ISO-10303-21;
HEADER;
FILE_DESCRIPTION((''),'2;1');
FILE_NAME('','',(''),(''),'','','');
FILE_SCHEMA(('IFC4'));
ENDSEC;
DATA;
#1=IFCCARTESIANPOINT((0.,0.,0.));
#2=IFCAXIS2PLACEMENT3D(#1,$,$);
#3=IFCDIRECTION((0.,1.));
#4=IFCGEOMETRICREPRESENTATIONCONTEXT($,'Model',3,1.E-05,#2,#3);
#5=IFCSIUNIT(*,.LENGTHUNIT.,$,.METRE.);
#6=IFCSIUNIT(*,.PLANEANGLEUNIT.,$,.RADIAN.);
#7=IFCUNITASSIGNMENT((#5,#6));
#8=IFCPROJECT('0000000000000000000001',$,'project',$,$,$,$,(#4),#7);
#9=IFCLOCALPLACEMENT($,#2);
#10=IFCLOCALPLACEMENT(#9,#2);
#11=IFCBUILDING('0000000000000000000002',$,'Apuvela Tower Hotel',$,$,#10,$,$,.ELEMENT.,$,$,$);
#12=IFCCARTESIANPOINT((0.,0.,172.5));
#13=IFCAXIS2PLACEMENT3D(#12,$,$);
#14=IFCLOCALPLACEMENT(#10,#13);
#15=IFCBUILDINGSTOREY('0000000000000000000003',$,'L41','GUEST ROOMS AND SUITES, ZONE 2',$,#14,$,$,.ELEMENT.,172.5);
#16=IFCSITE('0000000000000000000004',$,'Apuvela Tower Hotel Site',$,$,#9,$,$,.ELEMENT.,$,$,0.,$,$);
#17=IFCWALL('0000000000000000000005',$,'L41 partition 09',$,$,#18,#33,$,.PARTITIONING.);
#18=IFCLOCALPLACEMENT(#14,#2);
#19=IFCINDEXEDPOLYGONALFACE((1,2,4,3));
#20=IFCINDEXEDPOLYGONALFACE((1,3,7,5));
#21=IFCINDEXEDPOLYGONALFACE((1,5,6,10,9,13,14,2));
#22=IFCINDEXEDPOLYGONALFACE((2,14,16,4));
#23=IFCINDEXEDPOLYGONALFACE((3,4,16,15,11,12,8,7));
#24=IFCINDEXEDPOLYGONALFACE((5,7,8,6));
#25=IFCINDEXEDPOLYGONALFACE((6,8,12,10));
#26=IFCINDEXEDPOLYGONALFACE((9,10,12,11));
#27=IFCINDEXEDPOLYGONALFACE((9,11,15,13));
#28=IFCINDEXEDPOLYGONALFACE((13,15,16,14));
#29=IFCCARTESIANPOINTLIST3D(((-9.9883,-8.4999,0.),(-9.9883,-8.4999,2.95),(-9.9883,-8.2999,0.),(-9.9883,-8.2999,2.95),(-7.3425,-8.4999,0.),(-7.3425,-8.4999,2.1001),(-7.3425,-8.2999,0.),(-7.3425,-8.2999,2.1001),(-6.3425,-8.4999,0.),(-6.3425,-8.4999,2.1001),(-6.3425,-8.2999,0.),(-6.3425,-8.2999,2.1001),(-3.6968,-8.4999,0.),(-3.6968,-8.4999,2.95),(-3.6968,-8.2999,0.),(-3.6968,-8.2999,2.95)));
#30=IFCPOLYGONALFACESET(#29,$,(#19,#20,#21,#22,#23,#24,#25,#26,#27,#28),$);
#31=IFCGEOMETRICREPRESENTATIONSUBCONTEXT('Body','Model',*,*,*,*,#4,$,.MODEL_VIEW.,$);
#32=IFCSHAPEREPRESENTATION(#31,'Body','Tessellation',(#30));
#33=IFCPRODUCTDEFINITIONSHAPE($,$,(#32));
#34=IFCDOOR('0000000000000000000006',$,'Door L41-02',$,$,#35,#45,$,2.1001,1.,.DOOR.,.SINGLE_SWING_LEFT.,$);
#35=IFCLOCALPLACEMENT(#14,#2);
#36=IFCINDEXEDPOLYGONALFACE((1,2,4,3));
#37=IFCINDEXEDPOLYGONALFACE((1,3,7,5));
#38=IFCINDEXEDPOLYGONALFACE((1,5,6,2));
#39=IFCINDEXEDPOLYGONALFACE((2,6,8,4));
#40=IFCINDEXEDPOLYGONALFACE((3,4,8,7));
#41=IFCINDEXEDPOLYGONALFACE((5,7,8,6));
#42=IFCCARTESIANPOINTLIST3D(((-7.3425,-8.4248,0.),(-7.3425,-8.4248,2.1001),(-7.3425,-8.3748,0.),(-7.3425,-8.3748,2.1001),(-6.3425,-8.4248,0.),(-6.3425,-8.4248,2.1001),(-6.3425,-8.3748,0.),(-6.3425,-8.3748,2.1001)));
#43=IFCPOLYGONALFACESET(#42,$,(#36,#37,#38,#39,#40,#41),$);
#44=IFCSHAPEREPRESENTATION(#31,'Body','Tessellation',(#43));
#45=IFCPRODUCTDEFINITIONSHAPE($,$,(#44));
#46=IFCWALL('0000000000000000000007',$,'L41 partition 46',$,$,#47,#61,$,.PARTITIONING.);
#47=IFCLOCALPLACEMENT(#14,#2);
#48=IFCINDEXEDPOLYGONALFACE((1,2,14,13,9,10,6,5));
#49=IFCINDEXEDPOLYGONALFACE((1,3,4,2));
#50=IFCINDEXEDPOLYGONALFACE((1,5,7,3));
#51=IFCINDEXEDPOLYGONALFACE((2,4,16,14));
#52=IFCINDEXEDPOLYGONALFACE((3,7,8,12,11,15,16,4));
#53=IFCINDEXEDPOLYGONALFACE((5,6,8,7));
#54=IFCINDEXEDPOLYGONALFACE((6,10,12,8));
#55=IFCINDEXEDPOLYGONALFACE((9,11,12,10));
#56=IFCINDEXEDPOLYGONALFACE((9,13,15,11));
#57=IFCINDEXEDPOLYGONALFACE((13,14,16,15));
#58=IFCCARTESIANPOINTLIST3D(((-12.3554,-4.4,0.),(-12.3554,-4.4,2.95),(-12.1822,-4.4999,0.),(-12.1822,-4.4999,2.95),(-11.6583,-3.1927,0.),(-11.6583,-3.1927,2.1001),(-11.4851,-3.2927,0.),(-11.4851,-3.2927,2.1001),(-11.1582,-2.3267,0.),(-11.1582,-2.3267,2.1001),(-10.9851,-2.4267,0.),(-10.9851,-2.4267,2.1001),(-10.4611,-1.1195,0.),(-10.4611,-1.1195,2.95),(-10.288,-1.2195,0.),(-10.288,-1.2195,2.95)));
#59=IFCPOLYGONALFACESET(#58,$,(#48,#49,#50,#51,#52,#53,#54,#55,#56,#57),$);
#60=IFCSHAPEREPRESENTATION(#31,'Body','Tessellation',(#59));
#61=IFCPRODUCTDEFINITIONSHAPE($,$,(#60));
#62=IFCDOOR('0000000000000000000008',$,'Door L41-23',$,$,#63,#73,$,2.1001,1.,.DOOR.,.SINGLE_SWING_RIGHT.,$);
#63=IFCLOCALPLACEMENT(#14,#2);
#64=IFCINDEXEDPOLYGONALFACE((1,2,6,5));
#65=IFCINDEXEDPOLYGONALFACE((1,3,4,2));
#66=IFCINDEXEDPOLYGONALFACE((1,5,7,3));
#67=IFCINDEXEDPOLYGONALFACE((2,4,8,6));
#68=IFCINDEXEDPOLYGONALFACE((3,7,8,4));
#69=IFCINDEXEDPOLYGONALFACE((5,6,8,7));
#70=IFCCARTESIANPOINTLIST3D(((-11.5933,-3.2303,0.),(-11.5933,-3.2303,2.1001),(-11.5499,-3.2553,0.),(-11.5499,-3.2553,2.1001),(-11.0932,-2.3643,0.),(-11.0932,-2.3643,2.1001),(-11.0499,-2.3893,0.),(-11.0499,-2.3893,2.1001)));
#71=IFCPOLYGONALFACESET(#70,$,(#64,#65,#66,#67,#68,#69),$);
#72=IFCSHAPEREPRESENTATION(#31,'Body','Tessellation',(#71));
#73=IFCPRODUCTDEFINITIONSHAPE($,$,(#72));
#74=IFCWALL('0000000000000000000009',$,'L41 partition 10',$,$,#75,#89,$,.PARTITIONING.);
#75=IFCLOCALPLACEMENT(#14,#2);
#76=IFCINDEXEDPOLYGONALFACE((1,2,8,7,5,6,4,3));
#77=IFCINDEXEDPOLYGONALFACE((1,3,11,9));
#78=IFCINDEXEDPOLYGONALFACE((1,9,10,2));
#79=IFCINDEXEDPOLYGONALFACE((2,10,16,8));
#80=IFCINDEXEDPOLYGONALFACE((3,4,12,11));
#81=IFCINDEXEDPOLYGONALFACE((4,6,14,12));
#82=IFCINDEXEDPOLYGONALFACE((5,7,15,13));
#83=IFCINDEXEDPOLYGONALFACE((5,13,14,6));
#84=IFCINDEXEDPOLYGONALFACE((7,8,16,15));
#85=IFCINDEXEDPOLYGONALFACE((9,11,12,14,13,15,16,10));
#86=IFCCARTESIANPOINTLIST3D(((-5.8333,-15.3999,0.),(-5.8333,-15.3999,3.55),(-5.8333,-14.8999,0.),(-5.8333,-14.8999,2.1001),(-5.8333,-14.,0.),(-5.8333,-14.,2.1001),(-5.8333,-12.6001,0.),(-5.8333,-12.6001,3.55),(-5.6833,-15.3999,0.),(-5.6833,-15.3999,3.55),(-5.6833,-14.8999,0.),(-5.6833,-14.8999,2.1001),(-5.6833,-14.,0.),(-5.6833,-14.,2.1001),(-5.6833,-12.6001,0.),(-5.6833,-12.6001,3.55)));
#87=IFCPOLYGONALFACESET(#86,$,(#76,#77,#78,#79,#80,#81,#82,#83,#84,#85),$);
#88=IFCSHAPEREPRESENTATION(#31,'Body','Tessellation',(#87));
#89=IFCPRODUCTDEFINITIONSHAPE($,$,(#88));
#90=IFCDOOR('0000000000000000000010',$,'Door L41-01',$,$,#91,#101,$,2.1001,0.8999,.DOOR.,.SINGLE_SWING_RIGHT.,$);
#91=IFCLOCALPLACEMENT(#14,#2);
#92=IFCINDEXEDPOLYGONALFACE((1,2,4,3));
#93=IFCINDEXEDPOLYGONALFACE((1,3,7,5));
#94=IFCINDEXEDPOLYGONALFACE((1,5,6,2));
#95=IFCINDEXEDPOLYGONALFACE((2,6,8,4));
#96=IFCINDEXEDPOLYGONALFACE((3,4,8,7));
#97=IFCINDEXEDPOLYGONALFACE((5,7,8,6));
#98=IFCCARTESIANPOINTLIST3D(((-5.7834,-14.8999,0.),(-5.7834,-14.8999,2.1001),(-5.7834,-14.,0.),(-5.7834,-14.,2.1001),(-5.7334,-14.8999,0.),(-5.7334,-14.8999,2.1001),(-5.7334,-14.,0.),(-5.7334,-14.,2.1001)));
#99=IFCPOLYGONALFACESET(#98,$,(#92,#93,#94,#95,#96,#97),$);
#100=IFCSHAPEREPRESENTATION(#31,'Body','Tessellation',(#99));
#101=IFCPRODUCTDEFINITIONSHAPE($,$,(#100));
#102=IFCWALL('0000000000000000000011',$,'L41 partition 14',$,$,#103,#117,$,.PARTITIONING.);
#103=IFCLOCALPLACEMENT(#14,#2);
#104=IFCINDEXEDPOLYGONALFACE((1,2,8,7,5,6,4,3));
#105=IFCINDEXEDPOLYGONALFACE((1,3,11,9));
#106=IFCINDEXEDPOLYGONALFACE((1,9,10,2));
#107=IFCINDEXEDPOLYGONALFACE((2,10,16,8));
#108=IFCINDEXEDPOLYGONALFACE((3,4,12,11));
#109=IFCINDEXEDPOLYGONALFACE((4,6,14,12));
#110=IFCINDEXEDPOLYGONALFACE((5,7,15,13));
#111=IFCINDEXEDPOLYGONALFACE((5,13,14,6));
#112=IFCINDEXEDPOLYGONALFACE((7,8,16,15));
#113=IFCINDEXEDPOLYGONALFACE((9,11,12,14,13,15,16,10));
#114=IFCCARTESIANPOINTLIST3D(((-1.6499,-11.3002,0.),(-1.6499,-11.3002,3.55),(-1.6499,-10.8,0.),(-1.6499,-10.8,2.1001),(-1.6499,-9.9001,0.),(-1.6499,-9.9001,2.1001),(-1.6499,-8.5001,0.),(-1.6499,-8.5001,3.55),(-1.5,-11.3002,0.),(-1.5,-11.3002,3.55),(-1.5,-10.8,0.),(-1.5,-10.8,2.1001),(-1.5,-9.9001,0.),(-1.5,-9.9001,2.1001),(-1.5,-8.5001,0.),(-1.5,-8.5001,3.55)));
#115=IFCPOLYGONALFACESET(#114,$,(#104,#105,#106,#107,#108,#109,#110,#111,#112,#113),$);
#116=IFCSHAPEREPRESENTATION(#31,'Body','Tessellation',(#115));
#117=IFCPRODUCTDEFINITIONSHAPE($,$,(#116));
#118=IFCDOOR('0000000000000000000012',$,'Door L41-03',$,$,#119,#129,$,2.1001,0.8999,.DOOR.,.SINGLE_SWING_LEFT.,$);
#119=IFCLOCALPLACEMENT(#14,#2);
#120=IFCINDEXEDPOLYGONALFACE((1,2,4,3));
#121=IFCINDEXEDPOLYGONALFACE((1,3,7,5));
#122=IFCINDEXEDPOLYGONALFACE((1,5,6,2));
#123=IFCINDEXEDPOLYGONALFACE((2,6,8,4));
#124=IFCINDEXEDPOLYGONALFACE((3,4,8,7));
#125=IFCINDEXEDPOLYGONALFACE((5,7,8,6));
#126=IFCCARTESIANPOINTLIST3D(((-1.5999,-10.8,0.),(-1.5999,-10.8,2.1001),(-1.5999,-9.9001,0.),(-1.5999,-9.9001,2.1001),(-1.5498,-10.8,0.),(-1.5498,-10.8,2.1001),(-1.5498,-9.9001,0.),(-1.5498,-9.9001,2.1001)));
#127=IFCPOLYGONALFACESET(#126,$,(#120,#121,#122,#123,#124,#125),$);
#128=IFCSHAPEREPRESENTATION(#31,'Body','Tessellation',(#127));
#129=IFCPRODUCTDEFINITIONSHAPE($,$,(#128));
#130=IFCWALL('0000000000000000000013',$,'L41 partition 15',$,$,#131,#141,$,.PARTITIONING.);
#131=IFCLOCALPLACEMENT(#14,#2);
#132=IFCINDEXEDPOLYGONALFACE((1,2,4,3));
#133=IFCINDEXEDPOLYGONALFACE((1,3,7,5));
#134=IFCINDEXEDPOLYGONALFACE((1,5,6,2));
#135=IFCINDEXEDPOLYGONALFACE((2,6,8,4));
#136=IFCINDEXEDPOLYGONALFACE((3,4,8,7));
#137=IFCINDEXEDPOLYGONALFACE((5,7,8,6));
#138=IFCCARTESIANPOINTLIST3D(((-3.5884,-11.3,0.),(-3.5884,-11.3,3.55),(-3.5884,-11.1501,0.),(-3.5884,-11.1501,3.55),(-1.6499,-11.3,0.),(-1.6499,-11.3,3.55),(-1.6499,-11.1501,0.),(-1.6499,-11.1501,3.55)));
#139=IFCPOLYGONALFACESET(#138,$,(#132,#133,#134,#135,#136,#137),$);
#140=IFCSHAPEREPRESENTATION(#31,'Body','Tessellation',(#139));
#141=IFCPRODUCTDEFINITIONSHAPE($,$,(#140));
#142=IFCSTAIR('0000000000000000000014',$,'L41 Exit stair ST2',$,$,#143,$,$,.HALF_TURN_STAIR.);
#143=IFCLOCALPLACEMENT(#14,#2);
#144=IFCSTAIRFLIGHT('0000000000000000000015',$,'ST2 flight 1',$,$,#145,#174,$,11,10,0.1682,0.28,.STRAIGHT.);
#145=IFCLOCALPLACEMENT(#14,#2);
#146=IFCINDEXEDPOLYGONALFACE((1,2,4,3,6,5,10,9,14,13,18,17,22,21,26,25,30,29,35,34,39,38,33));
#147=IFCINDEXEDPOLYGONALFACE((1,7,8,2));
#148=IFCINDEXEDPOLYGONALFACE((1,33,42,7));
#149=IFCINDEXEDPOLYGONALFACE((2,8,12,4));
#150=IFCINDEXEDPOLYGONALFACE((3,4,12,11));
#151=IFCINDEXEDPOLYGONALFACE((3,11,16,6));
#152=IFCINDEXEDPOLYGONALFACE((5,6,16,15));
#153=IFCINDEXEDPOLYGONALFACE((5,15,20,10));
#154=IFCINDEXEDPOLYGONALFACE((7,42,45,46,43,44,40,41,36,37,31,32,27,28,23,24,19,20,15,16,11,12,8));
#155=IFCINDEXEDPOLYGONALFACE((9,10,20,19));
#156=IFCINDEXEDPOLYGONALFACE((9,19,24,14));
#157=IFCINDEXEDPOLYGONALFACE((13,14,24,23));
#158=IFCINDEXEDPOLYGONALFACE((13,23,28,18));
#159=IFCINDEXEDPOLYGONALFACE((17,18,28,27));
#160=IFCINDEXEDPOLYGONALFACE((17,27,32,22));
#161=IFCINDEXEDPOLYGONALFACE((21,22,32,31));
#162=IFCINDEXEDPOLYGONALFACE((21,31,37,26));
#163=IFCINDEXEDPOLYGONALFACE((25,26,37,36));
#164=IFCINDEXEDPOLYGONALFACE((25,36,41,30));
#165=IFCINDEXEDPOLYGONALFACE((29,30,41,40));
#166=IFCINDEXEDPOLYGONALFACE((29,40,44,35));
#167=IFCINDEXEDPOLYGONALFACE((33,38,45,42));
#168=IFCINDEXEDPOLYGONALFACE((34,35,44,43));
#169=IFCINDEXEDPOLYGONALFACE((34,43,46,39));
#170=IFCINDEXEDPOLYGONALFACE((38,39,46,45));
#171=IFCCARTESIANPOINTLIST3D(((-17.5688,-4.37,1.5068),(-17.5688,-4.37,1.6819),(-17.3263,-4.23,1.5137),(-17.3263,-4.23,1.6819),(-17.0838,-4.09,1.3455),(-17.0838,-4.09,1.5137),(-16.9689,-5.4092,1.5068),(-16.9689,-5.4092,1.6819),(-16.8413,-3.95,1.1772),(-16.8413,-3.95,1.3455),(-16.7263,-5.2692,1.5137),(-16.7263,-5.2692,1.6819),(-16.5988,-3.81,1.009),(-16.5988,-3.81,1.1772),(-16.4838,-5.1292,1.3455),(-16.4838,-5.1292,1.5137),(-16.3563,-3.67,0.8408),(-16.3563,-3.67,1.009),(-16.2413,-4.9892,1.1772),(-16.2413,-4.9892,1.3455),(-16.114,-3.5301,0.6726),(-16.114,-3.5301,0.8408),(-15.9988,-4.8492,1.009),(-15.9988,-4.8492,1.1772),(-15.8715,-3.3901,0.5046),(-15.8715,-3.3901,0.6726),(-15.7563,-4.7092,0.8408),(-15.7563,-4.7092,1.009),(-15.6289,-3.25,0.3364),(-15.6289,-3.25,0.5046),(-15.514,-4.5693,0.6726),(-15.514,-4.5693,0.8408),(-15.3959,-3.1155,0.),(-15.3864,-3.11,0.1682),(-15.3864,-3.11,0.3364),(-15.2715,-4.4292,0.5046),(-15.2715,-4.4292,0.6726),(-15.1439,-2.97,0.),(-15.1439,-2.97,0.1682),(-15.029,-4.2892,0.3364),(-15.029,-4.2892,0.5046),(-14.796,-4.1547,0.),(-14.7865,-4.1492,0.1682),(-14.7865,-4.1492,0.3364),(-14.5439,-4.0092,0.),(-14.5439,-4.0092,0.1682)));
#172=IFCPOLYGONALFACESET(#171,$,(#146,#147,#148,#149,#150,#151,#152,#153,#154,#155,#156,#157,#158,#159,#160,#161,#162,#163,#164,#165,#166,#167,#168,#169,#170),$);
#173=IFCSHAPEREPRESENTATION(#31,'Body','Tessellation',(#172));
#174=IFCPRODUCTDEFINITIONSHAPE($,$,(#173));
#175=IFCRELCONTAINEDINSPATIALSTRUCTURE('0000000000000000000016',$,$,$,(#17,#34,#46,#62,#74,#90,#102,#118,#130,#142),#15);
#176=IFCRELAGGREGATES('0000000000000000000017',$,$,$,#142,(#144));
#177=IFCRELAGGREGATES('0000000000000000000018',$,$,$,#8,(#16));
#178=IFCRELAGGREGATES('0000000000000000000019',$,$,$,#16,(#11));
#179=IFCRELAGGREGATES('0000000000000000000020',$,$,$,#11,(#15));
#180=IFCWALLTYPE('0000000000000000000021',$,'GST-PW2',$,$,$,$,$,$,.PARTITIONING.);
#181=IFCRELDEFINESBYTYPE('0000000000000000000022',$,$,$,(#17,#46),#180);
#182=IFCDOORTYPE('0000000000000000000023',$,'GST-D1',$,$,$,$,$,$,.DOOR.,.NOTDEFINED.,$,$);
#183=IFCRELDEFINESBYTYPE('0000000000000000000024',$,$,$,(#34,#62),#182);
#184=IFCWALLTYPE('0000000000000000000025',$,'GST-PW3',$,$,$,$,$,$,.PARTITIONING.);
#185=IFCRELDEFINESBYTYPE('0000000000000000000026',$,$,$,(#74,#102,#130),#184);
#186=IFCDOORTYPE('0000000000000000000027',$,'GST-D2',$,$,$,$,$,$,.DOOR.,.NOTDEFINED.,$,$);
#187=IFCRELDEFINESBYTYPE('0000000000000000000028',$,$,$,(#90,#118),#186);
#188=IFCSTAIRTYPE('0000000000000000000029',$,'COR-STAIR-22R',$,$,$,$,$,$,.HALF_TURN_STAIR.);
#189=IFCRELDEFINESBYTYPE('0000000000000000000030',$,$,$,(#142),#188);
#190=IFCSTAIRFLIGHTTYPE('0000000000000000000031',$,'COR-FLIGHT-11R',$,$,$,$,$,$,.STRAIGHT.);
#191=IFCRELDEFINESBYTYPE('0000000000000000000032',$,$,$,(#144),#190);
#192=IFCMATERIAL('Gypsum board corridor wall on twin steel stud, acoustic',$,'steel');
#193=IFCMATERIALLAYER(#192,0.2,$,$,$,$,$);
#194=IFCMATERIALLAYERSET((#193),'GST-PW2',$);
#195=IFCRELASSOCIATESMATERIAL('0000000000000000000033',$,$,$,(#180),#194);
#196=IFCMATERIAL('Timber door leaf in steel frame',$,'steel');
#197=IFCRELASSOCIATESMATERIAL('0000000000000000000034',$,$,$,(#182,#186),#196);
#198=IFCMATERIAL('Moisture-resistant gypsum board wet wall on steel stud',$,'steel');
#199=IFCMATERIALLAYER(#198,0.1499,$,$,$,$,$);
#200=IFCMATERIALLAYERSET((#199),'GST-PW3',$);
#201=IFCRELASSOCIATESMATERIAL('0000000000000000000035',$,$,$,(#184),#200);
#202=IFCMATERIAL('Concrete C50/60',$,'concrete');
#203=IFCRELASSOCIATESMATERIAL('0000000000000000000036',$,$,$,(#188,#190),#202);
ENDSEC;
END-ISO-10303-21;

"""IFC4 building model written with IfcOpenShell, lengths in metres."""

from ifc_helpers import new_model, si_unit, direction, frame, frame_2d, origin, place, context, subcontext, project, spatial, polyline, rectangle, outline, extrude, material, layer, layer_set, type_object, element, fill, aggregate, save


model = new_model("IFC4")

# Units and contexts
model_context = context("Model", 3, precision=1e-05, world=origin(), true_north=direction((0.0, 1.0)))
body_context = subcontext(model_context, "Body", "Model", "MODEL_VIEW")
ifc_project = project(units=[si_unit("LENGTHUNIT", "METRE"), si_unit("PLANEANGLEUNIT", "RADIAN")], contexts=[model_context])

# Site, building, storey
site_placement = place(None, origin())
site = spatial("IfcSite", under=ifc_project, at=site_placement, Name="Apuvela Tower Hotel Site", CompositionType="ELEMENT", RefElevation=0.0)
building_placement = place(site_placement, origin())
building = spatial("IfcBuilding", under=site, at=building_placement, Name="Apuvela Tower Hotel", CompositionType="ELEMENT")
storey_placement = place(building_placement, frame((0.0, 0.0, 172.5)))
storey = spatial("IfcBuildingStorey", under=building, at=storey_placement, Name="L41", Description="GUEST ROOMS AND SUITES, ZONE 2", CompositionType="ELEMENT", Elevation=172.5)

# Shared definitions
ifc_material_1 = material(Name="Concrete C50/60", Category="concrete")

# Walls, openings, doors
ifc_material_2 = material(Name="Gypsum board corridor wall on twin steel stud, acoustic", Category="steel")
ifc_layer_1 = layer(ifc_material_2, 0.2)
ifc_layer_set_1 = layer_set([ifc_layer_1], Name="GST-PW2")
wall_type_1 = type_object("IfcWallType", Name="GST-PW2", PredefinedType="PARTITIONING", material=ifc_layer_set_1)
wall_1_placement = place(storey_placement, frame((-3.6968, -8.3999, 0.0), z_axis=(0.0, 0.0, 1.0), x_axis=(-1.0, 0.0, 0.0)))
wall_1 = element("IfcWall", 1, at=wall_1_placement, inside=storey, type_object=wall_type_1, Name="L41 partition 09", PredefinedType="PARTITIONING", context=body_context, shape_type="SweptSolid", body=[
    extrude(rectangle(XDim=6.2915, YDim=0.2, at=frame_2d((3.1458, 0.0))), origin(), (0.0, 0.0, 1.0), 2.95),
])
opening_1_placement = place(wall_1_placement, frame((2.6458, 0.0, 0.0)))
opening_1 = element("IfcOpeningElement", 2, at=opening_1_placement, cuts=wall_1, PredefinedType="OPENING", context=body_context, shape_type="SweptSolid", body=[
    extrude(rectangle(XDim=1.0, YDim=2.1001, at=frame_2d((0.5, 1.05))), frame((0.0, 0.1099, 0.0), z_axis=(0.0, -1.0, 0.0), x_axis=(1.0, 0.0, 0.0)), (0.0, 0.0, 1.0), 0.22),
])
ifc_material_3 = material(Name="Timber door leaf in steel frame", Category="steel")
door_type_1 = type_object("IfcDoorType", Name="GST-D1", OperationType="NOTDEFINED", PredefinedType="DOOR", material=ifc_material_3)
door_1_placement = place(opening_1_placement, origin())
door_1 = element("IfcDoor", 3, at=door_1_placement, inside=storey, type_object=door_type_1, Name="Door L41-02", OperationType="SINGLE_SWING_LEFT", OverallHeight=2.1001, OverallWidth=1.0, PredefinedType="DOOR", context=body_context, shape_type="SweptSolid", body=[
    extrude(rectangle(XDim=1.0, YDim=2.1001, at=frame_2d((0.5, 1.05))), frame((0.0, 0.0249, 0.0), z_axis=(0.0, -1.0, 0.0), x_axis=(1.0, 0.0, 0.0)), (0.0, 0.0, 1.0), 0.05),
])
fill(opening_1, door_1)
wall_2_placement = place(storey_placement, frame((-12.2688, -4.45, 0.0), z_axis=(0.0, 0.0, 1.0), x_axis=(0.500055, 0.865993, 0.0)))
wall_2 = element("IfcWall", 4, at=wall_2_placement, inside=storey, type_object=wall_type_1, Name="L41 partition 46", PredefinedType="PARTITIONING", context=body_context, shape_type="SweptSolid", body=[
    extrude(rectangle(XDim=3.7881, YDim=0.2, at=frame_2d((1.894, 0.0))), origin(), (0.0, 0.0, 1.0), 2.95),
])
opening_2_placement = place(wall_2_placement, frame((1.394, 0.0, 0.0)))
opening_2 = element("IfcOpeningElement", 5, at=opening_2_placement, cuts=wall_2, PredefinedType="OPENING", context=body_context, shape_type="SweptSolid", body=[
    extrude(rectangle(XDim=1.0, YDim=2.1001, at=frame_2d((0.5, 1.05))), frame((0.0, 0.1099, 0.0), z_axis=(0.0, -1.0, 0.0), x_axis=(1.0, 0.0, 0.0)), (0.0, 0.0, 1.0), 0.22),
])
door_2_placement = place(opening_2_placement, origin())
door_2 = element("IfcDoor", 6, at=door_2_placement, inside=storey, type_object=door_type_1, Name="Door L41-23", OperationType="SINGLE_SWING_RIGHT", OverallHeight=2.1001, OverallWidth=1.0, PredefinedType="DOOR", context=body_context, shape_type="SweptSolid", body=[
    extrude(rectangle(XDim=1.0, YDim=2.1001, at=frame_2d((0.5, 1.05))), frame((0.0, 0.0249, 0.0), z_axis=(0.0, -1.0, 0.0), x_axis=(1.0, 0.0, 0.0)), (0.0, 0.0, 1.0), 0.05),
])
fill(opening_2, door_2)
ifc_material_4 = material(Name="Moisture-resistant gypsum board wet wall on steel stud", Category="steel")
ifc_layer_2 = layer(ifc_material_4, 0.1499)
ifc_layer_set_2 = layer_set([ifc_layer_2], Name="GST-PW3")
wall_type_2 = type_object("IfcWallType", Name="GST-PW3", PredefinedType="PARTITIONING", material=ifc_layer_set_2)
wall_3_placement = place(storey_placement, frame((-5.7583, -12.6001, 0.0), z_axis=(0.0, 0.0, 1.0), x_axis=(0.0, -1.0, 0.0)))
wall_3 = element("IfcWall", 7, at=wall_3_placement, inside=storey, type_object=wall_type_2, Name="L41 partition 10", PredefinedType="PARTITIONING", context=body_context, shape_type="SweptSolid", body=[
    extrude(rectangle(XDim=2.7998, YDim=0.1499, at=frame_2d((1.3999, 0.0))), origin(), (0.0, 0.0, 1.0), 3.55),
])
opening_3_placement = place(wall_3_placement, frame((1.3999, 0.0, 0.0)))
opening_3 = element("IfcOpeningElement", 8, at=opening_3_placement, cuts=wall_3, PredefinedType="OPENING", context=body_context, shape_type="SweptSolid", body=[
    extrude(rectangle(XDim=0.8999, YDim=2.1001, at=frame_2d((0.45, 1.05))), frame((0.0, 0.085, 0.0), z_axis=(0.0, -1.0, 0.0), x_axis=(1.0, 0.0, 0.0)), (0.0, 0.0, 1.0), 0.1699),
])
door_type_2 = type_object("IfcDoorType", Name="GST-D2", OperationType="NOTDEFINED", PredefinedType="DOOR", material=ifc_material_3)
door_3_placement = place(opening_3_placement, origin())
door_3 = element("IfcDoor", 9, at=door_3_placement, inside=storey, type_object=door_type_2, Name="Door L41-01", OperationType="SINGLE_SWING_RIGHT", OverallHeight=2.1001, OverallWidth=0.8999, PredefinedType="DOOR", context=body_context, shape_type="SweptSolid", body=[
    extrude(rectangle(XDim=0.8999, YDim=2.1001, at=frame_2d((0.45, 1.05))), frame((0.0, 0.0249, 0.0), z_axis=(0.0, -1.0, 0.0), x_axis=(1.0, 0.0, 0.0)), (0.0, 0.0, 1.0), 0.05),
])
fill(opening_3, door_3)
wall_4_placement = place(storey_placement, frame((-1.575, -11.3, 0.0), z_axis=(0.0, 0.0, 1.0), x_axis=(0.0, 1.0, 0.0)))
wall_4 = element("IfcWall", 10, at=wall_4_placement, inside=storey, type_object=wall_type_2, Name="L41 partition 14", PredefinedType="PARTITIONING", context=body_context, shape_type="SweptSolid", body=[
    extrude(rectangle(XDim=2.8, YDim=0.1499, at=frame_2d((1.3999, 0.0))), origin(), (0.0, 0.0, 1.0), 3.55),
])
opening_4_placement = place(wall_4_placement, frame((0.5, 0.0, 0.0)))
opening_4 = element("IfcOpeningElement", 11, at=opening_4_placement, cuts=wall_4, PredefinedType="OPENING", context=body_context, shape_type="SweptSolid", body=[
    extrude(rectangle(XDim=0.8999, YDim=2.1001, at=frame_2d((0.45, 1.05))), frame((0.0, 0.085, 0.0), z_axis=(0.0, -1.0, 0.0), x_axis=(1.0, 0.0, 0.0)), (0.0, 0.0, 1.0), 0.1699),
])
door_4_placement = place(opening_4_placement, origin())
door_4 = element("IfcDoor", 12, at=door_4_placement, inside=storey, type_object=door_type_2, Name="Door L41-03", OperationType="SINGLE_SWING_LEFT", OverallHeight=2.1001, OverallWidth=0.8999, PredefinedType="DOOR", context=body_context, shape_type="SweptSolid", body=[
    extrude(rectangle(XDim=0.8999, YDim=2.1001, at=frame_2d((0.45, 1.05))), frame((0.0, 0.0249, 0.0), z_axis=(0.0, -1.0, 0.0), x_axis=(1.0, 0.0, 0.0)), (0.0, 0.0, 1.0), 0.05),
])
fill(opening_4, door_4)

# Wall
wall_5_placement = place(storey_placement, frame((-3.5884, -11.2251, 0.0), z_axis=(0.0, 0.0, 1.0), x_axis=(1.0, 0.0, 0.0)))
element("IfcWall", 13, at=wall_5_placement, inside=storey, type_object=wall_type_2, Name="L41 partition 15", PredefinedType="PARTITIONING", context=body_context, shape_type="SweptSolid", body=[
    extrude(rectangle(XDim=1.9385, YDim=0.1499, at=frame_2d((0.9692, 0.0))), origin(), (0.0, 0.0, 1.0), 3.55),
])

# Stair, stair flight
stair_type = type_object("IfcStairType", Name="COR-STAIR-22R", PredefinedType="HALF_TURN_STAIR", material=ifc_material_1)
stair_placement = place(storey_placement, origin())
stair = element("IfcStair", 14, at=stair_placement, inside=storey, type_object=stair_type, Name="L41 Exit stair ST2", PredefinedType="HALF_TURN_STAIR")
stair_flight_type = type_object("IfcStairFlightType", Name="COR-FLIGHT-11R", PredefinedType="STRAIGHT", material=ifc_material_1)
stair_flight_placement = place(storey_placement, frame((-14.844, -3.4895, 0.0), z_axis=(0.0, 0.0, 1.0), x_axis=(-0.866025, -0.5, 0.0)))
stair_flight = element("IfcStairFlight", 15, at=stair_flight_placement, type_object=stair_flight_type, Name="ST2 flight 1", NumberOfRisers=11, NumberOfTreads=10, PredefinedType="STRAIGHT", RiserHeight=0.1682, TreadLength=0.28, context=body_context, shape_type="SweptSolid", body=[
    extrude(outline(polyline([(0.0, 0.0), (0.0, 0.1682), (0.28, 0.1682), (0.28, 0.3364), (0.5601, 0.3364), (0.5601, 0.5046), (0.8401, 0.5046), (0.8401, 0.6726), (1.1201, 0.6726), (1.1201, 0.8408), (1.3999, 0.8408), (1.3999, 1.009), (1.6799, 1.009), (1.6799, 1.1772), (1.96, 1.1772), (1.96, 1.3455), (2.24, 1.3455), (2.24, 1.5137), (2.52, 1.5137), (2.52, 1.6819), (2.8, 1.6819), (2.8, 1.8501), (2.8, 1.5068), (0.291, 0.0), (0.0, 0.0)])), frame((0.0, 0.6001, 0.0), z_axis=(0.0, -1.0, 0.0), x_axis=(1.0, 0.0, 0.0)), (0.0, 0.0, 1.0), 1.2),
])
aggregate(stair, [stair_flight])

save(model, "model.ifc")
